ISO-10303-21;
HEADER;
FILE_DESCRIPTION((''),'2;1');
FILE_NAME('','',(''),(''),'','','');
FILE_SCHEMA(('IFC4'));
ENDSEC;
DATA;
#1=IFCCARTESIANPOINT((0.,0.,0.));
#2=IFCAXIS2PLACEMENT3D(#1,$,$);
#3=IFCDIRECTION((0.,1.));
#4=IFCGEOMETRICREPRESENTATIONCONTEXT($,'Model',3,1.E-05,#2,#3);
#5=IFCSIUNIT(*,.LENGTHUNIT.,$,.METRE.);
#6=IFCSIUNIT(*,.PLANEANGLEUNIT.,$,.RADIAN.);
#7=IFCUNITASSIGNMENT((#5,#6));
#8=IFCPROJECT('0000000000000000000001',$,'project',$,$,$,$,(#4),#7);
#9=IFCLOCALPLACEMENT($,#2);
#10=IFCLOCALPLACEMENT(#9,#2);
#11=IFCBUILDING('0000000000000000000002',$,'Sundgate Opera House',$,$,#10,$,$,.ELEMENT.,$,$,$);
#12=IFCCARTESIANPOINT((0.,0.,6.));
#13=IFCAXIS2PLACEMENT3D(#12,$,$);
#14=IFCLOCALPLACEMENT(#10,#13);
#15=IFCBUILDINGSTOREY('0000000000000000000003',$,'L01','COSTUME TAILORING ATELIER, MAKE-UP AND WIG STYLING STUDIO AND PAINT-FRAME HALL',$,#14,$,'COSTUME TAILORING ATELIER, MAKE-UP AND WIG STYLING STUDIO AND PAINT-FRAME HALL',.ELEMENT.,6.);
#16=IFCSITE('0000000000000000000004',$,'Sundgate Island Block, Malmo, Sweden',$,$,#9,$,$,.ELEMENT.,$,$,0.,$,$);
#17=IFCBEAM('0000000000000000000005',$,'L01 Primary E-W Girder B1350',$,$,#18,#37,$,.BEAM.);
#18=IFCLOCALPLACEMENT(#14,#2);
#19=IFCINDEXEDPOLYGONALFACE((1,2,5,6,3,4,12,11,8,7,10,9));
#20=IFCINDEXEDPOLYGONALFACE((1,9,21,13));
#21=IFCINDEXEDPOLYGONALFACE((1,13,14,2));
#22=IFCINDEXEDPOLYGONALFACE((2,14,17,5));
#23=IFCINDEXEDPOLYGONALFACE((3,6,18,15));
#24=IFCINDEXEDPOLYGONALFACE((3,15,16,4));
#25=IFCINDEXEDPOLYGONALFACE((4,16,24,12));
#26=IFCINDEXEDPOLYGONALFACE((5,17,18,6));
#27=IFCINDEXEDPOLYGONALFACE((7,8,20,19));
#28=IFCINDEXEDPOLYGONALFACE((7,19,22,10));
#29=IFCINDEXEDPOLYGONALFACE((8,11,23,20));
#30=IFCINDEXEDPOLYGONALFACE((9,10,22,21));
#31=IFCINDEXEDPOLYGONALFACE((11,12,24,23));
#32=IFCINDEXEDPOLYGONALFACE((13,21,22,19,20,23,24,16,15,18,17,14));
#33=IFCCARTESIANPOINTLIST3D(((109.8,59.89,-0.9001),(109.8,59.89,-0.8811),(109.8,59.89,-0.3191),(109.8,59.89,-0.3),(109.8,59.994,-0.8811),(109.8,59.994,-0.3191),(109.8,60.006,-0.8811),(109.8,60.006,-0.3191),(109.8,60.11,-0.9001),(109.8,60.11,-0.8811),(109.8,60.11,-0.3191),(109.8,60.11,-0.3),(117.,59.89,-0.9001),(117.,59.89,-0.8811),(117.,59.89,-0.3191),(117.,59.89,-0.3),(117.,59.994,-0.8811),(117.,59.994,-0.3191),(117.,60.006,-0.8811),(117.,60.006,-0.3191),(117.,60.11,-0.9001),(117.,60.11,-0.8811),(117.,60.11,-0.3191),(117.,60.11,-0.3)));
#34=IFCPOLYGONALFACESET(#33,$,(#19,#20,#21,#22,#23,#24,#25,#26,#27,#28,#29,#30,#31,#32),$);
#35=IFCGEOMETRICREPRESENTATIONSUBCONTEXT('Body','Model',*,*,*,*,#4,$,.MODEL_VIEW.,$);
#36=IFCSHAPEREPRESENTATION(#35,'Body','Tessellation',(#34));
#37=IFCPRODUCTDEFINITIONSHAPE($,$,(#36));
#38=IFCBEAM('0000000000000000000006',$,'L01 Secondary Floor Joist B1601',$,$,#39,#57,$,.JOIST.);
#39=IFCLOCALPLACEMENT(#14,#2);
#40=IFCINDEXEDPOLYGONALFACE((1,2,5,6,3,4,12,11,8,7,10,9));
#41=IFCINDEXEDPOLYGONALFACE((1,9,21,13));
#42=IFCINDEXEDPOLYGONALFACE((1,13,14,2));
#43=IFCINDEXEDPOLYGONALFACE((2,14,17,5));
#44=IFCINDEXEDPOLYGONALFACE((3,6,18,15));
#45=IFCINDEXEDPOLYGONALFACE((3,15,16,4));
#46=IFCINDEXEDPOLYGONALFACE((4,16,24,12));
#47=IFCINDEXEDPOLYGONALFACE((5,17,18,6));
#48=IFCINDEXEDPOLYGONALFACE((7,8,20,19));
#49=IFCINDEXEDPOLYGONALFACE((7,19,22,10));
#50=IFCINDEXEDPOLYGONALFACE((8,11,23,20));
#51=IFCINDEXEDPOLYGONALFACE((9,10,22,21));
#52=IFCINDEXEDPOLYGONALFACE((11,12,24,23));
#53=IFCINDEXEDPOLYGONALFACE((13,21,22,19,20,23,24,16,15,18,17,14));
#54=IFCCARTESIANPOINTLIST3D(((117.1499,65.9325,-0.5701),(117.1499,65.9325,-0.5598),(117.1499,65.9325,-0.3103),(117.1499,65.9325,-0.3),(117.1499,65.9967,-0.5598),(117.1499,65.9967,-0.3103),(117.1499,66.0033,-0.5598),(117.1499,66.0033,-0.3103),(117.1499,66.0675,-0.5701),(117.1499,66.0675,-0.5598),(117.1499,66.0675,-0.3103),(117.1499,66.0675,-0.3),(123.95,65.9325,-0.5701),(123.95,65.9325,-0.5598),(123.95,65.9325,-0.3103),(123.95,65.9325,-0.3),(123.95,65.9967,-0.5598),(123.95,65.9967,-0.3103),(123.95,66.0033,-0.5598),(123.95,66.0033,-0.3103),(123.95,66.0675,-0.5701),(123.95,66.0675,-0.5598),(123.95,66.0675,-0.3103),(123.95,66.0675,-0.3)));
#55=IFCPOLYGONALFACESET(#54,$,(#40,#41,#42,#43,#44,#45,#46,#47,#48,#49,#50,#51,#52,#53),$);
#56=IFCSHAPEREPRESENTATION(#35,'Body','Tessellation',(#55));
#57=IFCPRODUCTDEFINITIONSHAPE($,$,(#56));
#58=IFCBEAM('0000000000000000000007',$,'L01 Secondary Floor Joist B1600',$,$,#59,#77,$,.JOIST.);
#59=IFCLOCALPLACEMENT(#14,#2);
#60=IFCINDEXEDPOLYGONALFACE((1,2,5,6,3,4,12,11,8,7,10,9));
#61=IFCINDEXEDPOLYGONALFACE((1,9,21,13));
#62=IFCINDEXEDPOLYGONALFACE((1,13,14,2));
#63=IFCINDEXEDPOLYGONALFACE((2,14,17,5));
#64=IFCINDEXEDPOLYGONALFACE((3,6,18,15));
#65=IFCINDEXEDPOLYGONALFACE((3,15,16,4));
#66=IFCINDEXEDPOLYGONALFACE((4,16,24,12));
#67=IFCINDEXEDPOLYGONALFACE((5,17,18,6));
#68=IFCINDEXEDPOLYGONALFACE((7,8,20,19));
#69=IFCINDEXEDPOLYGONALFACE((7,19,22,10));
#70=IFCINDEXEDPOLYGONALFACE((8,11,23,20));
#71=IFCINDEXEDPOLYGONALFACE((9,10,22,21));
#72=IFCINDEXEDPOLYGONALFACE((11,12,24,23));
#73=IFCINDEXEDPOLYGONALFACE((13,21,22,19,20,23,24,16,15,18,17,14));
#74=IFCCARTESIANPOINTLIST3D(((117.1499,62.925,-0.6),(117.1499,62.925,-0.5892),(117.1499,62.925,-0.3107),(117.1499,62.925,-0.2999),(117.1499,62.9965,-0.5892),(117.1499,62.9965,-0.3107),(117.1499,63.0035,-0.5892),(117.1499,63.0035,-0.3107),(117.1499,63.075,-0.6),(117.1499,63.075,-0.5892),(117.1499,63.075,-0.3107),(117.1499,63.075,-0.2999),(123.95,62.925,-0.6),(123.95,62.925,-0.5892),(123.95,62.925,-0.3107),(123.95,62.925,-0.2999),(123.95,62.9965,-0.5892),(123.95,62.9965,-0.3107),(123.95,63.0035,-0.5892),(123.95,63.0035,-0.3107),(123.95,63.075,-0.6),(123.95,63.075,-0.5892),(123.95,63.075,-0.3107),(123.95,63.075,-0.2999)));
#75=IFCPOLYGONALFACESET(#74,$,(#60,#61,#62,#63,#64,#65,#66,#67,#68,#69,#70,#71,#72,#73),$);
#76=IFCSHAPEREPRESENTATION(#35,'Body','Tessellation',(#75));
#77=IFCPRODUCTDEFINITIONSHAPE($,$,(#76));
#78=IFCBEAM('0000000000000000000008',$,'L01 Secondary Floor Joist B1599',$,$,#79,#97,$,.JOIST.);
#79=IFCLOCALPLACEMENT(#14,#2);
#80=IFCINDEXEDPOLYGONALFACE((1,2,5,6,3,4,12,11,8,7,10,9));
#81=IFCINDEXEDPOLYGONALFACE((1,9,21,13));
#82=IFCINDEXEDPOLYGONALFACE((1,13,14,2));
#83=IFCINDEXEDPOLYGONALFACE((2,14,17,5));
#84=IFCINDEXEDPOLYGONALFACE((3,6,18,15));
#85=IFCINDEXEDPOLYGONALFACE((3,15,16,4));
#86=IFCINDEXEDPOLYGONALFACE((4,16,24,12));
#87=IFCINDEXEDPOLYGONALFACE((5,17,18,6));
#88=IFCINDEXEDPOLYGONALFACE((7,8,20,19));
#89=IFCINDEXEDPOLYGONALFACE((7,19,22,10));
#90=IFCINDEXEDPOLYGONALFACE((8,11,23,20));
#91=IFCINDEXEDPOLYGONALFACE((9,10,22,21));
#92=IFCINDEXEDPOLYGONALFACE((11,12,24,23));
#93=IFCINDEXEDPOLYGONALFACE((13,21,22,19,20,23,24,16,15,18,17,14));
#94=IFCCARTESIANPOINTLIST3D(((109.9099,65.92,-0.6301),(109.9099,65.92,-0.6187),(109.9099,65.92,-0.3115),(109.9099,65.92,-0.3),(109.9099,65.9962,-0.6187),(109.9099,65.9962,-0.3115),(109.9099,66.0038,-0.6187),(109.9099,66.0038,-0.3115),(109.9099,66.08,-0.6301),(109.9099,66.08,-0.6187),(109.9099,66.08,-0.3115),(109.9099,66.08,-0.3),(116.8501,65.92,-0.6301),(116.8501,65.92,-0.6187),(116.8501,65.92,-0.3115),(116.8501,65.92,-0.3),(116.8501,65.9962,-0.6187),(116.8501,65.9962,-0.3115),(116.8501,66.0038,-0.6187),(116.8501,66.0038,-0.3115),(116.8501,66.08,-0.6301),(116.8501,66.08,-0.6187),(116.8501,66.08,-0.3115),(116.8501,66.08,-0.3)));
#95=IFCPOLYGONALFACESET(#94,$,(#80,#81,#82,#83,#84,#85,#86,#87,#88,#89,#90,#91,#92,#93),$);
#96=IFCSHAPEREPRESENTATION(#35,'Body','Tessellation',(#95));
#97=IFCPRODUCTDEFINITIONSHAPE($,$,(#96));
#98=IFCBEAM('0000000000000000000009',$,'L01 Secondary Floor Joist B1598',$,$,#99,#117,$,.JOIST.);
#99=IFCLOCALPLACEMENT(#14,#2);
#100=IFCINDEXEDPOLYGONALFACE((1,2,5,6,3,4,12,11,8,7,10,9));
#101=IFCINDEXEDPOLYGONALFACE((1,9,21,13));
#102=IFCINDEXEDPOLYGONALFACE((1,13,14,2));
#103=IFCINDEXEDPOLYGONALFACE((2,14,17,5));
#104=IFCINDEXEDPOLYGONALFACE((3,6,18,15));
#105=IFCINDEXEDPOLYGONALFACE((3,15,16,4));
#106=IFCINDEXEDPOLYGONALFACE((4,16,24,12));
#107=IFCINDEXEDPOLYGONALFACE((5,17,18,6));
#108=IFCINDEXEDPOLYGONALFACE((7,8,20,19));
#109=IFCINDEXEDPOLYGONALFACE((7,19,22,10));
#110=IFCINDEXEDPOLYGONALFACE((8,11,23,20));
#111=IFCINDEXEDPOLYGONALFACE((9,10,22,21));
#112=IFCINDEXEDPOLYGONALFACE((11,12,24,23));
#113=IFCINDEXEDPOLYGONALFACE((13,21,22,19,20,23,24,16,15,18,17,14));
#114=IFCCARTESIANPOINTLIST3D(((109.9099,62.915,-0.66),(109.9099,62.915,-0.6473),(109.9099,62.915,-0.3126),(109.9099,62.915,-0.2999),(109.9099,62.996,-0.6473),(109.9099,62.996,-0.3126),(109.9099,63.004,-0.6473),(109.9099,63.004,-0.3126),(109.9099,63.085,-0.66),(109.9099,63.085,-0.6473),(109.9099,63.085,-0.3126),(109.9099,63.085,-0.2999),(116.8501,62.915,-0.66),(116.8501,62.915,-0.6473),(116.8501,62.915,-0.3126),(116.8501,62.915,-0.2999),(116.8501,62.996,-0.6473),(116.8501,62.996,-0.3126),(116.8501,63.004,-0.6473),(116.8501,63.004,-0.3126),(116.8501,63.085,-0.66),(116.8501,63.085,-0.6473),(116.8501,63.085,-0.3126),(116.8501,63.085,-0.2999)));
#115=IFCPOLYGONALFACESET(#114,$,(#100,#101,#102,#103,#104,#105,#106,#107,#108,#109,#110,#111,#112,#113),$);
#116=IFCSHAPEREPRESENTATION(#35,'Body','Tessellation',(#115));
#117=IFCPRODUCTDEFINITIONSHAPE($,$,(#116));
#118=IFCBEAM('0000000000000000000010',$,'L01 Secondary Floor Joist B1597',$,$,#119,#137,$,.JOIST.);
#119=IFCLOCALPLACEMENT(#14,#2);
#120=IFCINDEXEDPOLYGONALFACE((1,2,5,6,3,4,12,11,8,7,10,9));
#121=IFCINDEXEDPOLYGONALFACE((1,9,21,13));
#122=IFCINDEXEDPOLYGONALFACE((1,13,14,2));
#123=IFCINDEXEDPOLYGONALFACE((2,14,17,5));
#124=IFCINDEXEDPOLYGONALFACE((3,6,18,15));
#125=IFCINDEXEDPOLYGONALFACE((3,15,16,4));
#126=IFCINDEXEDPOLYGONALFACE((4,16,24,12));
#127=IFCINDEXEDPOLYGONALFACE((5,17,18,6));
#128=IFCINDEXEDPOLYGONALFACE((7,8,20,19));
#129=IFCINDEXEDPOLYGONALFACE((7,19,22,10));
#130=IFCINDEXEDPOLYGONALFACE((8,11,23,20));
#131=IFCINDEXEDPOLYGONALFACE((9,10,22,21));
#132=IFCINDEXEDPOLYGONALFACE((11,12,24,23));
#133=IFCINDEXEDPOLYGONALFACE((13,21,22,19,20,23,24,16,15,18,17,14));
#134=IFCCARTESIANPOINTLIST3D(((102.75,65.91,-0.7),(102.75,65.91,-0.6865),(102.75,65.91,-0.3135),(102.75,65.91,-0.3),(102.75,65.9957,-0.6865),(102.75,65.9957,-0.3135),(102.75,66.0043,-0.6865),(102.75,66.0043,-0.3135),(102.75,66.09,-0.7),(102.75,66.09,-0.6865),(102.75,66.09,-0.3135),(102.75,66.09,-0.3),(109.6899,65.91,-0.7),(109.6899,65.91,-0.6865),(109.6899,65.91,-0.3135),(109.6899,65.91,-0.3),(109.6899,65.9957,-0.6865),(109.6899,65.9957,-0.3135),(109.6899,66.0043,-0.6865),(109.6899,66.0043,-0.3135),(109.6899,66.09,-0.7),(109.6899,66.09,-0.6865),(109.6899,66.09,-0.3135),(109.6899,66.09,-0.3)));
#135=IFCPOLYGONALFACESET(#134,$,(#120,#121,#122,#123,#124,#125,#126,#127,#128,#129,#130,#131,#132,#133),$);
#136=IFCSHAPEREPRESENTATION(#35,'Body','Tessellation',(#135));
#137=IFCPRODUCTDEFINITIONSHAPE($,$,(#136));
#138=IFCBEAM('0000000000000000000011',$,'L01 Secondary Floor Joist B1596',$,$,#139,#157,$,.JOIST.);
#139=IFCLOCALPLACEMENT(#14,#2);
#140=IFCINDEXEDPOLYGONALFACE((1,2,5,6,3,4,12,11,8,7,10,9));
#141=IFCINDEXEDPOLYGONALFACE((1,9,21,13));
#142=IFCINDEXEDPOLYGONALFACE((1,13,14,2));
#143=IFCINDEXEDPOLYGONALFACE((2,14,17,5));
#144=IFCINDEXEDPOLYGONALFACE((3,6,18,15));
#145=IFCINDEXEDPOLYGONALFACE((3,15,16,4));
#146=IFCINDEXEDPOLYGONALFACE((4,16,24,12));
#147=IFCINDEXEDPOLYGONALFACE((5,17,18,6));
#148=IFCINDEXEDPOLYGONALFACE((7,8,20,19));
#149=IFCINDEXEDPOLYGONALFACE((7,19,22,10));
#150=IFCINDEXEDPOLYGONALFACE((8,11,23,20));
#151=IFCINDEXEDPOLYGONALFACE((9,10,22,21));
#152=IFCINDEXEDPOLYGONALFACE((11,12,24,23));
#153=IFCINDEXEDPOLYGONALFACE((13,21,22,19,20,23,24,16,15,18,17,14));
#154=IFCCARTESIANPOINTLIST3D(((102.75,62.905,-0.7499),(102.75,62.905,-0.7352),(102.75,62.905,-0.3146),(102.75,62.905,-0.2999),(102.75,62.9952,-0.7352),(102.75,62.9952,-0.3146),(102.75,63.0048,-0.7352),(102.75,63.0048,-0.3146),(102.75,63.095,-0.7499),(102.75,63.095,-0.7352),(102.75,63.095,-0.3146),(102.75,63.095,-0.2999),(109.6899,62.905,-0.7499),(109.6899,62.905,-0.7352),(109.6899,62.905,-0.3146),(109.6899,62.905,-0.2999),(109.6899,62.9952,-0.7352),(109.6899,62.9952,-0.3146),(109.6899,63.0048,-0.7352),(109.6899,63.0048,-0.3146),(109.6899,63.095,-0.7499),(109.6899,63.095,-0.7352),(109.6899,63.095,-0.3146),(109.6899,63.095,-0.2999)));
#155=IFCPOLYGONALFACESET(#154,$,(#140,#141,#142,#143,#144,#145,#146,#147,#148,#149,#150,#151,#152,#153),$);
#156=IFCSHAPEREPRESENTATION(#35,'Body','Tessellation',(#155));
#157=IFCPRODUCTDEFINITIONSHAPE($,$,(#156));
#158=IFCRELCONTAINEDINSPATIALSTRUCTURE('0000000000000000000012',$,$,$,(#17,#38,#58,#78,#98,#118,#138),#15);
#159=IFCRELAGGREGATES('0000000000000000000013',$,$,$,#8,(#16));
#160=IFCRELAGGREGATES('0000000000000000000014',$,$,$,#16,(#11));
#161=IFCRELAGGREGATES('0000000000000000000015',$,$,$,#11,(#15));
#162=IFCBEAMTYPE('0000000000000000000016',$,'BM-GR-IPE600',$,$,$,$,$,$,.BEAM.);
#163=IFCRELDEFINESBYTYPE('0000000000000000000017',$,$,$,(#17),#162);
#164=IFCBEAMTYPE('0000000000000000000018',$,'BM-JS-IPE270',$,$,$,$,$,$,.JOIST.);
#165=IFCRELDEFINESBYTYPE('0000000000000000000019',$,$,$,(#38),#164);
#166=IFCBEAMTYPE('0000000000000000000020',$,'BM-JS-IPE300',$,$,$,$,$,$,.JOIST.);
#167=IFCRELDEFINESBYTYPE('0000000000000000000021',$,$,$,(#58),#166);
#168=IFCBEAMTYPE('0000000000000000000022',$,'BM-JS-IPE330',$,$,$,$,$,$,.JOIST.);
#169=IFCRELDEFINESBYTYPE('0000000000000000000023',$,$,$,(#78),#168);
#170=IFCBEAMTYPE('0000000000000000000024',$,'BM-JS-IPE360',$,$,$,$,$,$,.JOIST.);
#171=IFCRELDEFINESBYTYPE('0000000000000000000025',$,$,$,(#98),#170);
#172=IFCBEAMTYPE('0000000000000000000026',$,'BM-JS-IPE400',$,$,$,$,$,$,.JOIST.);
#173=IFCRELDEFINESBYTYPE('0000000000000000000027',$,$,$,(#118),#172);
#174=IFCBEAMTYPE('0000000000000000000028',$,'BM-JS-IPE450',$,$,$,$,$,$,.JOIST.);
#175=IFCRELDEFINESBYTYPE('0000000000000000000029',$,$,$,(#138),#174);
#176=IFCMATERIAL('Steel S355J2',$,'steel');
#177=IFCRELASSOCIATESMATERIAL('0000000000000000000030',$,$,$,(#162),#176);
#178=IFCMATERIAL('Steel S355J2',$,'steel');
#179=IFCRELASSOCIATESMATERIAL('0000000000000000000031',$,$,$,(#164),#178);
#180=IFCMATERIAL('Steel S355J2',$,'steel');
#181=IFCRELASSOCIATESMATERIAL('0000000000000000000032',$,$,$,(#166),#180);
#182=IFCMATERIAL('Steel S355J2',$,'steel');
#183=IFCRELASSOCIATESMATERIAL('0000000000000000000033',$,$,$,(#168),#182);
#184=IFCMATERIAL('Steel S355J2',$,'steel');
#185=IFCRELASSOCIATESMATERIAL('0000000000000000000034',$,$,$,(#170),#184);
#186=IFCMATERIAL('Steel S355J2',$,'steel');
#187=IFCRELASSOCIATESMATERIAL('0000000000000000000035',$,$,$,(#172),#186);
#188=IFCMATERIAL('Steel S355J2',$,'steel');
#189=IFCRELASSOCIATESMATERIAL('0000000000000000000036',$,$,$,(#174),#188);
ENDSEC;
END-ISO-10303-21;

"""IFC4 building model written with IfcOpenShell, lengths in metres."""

from ifc_helpers import new_model, si_unit, direction, frame, origin, origin_2d, place, context, subcontext, project, spatial, i_section, extrude, material, material_profile, profile_set, type_object, element, save


model = new_model("IFC4")

# Units and contexts
model_context = context("Model", 3, precision=1e-05, world=origin(), true_north=direction((0.0, 1.0)))
body_context = subcontext(model_context, "Body", "Model", "MODEL_VIEW")
ifc_project = project(units=[si_unit("LENGTHUNIT", "METRE"), si_unit("PLANEANGLEUNIT", "RADIAN")], contexts=[model_context])

# Site, building, storey
site_placement = place(None, origin())
site = spatial("IfcSite", under=ifc_project, at=site_placement, Name="Sundgate Island Block, Malmo, Sweden", CompositionType="ELEMENT", RefElevation=0.0)
building_placement = place(site_placement, origin())
building = spatial("IfcBuilding", under=site, at=building_placement, Name="Sundgate Opera House", CompositionType="ELEMENT")
storey_placement = place(building_placement, frame((0.0, 0.0, 6.0)))
storey = spatial("IfcBuildingStorey", under=building, at=storey_placement, Name="L01", Description="COSTUME TAILORING ATELIER, MAKE-UP AND WIG STYLING STUDIO AND PAINT-FRAME HALL", LongName="COSTUME TAILORING ATELIER, MAKE-UP AND WIG STYLING STUDIO AND PAINT-FRAME HALL", CompositionType="ELEMENT", Elevation=6.0)

# Beams
ifc_material_1 = material(Name="Steel S355J2", Category="steel")
ifc_material_profile_1 = material_profile(ifc_material_1, i_section(OverallWidth=0.22, OverallDepth=0.6001, WebThickness=0.012, FlangeThickness=0.019, at=origin_2d()), Name="IPE 600")
ifc_profile_set_1 = profile_set([ifc_material_profile_1], Name="Steel S355J2")
beam_type_1 = type_object("IfcBeamType", Name="BM-GR-IPE600", PredefinedType="BEAM", material=ifc_profile_set_1)
beam_1_placement = place(storey_placement, frame((109.8, 60.0, -0.6001), z_axis=(1.0, 0.0, 0.0), x_axis=(0.0, 1.0, 0.0)))
element("IfcBeam", 1, at=beam_1_placement, inside=storey, type_object=beam_type_1, Name="L01 Primary E-W Girder B1350", PredefinedType="BEAM", context=body_context, shape_type="SweptSolid", body=[
    extrude(i_section(OverallWidth=0.22, OverallDepth=0.6001, WebThickness=0.012, FlangeThickness=0.019, at=origin_2d()), origin(), (0.0, 0.0, 1.0), 7.2),
])
ifc_material_2 = material(Name="Steel S355J2", Category="steel")
ifc_material_profile_2 = material_profile(ifc_material_2, i_section(OverallWidth=0.135, OverallDepth=0.27, WebThickness=0.0066, FlangeThickness=0.0103, at=origin_2d()), Name="IPE 270")
ifc_profile_set_2 = profile_set([ifc_material_profile_2], Name="Steel S355J2")
beam_type_2 = type_object("IfcBeamType", Name="BM-JS-IPE270", PredefinedType="JOIST", material=ifc_profile_set_2)
beam_2_placement = place(storey_placement, frame((117.1499, 66.0, -0.4351), z_axis=(1.0, 0.0, 0.0), x_axis=(0.0, 1.0, 0.0)))
element("IfcBeam", 2, at=beam_2_placement, inside=storey, type_object=beam_type_2, Name="L01 Secondary Floor Joist B1601", PredefinedType="JOIST", context=body_context, shape_type="SweptSolid", body=[
    extrude(i_section(OverallWidth=0.135, OverallDepth=0.27, WebThickness=0.0066, FlangeThickness=0.0103, at=origin_2d()), origin(), (0.0, 0.0, 1.0), 6.8),
])
ifc_material_3 = material(Name="Steel S355J2", Category="steel")
ifc_material_profile_3 = material_profile(ifc_material_3, i_section(OverallWidth=0.1499, OverallDepth=0.3, WebThickness=0.0071, FlangeThickness=0.0107, at=origin_2d()), Name="IPE 300")
ifc_profile_set_3 = profile_set([ifc_material_profile_3], Name="Steel S355J2")
beam_type_3 = type_object("IfcBeamType", Name="BM-JS-IPE300", PredefinedType="JOIST", material=ifc_profile_set_3)
beam_3_placement = place(storey_placement, frame((117.1499, 63.0, -0.45), z_axis=(1.0, 0.0, 0.0), x_axis=(0.0, 1.0, 0.0)))
element("IfcBeam", 3, at=beam_3_placement, inside=storey, type_object=beam_type_3, Name="L01 Secondary Floor Joist B1600", PredefinedType="JOIST", context=body_context, shape_type="SweptSolid", body=[
    extrude(i_section(OverallWidth=0.1499, OverallDepth=0.3, WebThickness=0.0071, FlangeThickness=0.0107, at=origin_2d()), origin(), (0.0, 0.0, 1.0), 6.8),
])
ifc_material_4 = material(Name="Steel S355J2", Category="steel")
ifc_material_profile_4 = material_profile(ifc_material_4, i_section(OverallWidth=0.1599, OverallDepth=0.3301, WebThickness=0.0076, FlangeThickness=0.0115, at=origin_2d()), Name="IPE 330")
ifc_profile_set_4 = profile_set([ifc_material_profile_4], Name="Steel S355J2")
beam_type_4 = type_object("IfcBeamType", Name="BM-JS-IPE330", PredefinedType="JOIST", material=ifc_profile_set_4)
beam_4_placement = place(storey_placement, frame((109.9099, 66.0, -0.4651), z_axis=(1.0, 0.0, 0.0), x_axis=(0.0, 1.0, 0.0)))
element("IfcBeam", 4, at=beam_4_placement, inside=storey, type_object=beam_type_4, Name="L01 Secondary Floor Joist B1599", PredefinedType="JOIST", context=body_context, shape_type="SweptSolid", body=[
    extrude(i_section(OverallWidth=0.1599, OverallDepth=0.3301, WebThickness=0.0076, FlangeThickness=0.0115, at=origin_2d()), origin(), (0.0, 0.0, 1.0), 6.9402),
])
ifc_material_5 = material(Name="Steel S355J2", Category="steel")
ifc_material_profile_5 = material_profile(ifc_material_5, i_section(OverallWidth=0.1699, OverallDepth=0.3601, WebThickness=0.0081, FlangeThickness=0.0127, at=origin_2d()), Name="IPE 360")
ifc_profile_set_5 = profile_set([ifc_material_profile_5], Name="Steel S355J2")
beam_type_5 = type_object("IfcBeamType", Name="BM-JS-IPE360", PredefinedType="JOIST", material=ifc_profile_set_5)
beam_5_placement = place(storey_placement, frame((109.9099, 63.0, -0.48), z_axis=(1.0, 0.0, 0.0), x_axis=(0.0, 1.0, 0.0)))
element("IfcBeam", 5, at=beam_5_placement, inside=storey, type_object=beam_type_5, Name="L01 Secondary Floor Joist B1598", PredefinedType="JOIST", context=body_context, shape_type="SweptSolid", body=[
    extrude(i_section(OverallWidth=0.1699, OverallDepth=0.3601, WebThickness=0.0081, FlangeThickness=0.0127, at=origin_2d()), origin(), (0.0, 0.0, 1.0), 6.9402),
])
ifc_material_6 = material(Name="Steel S355J2", Category="steel")
ifc_material_profile_6 = material_profile(ifc_material_6, i_section(OverallWidth=0.1799, OverallDepth=0.3999, WebThickness=0.0085, FlangeThickness=0.0134, at=origin_2d()), Name="IPE 400")
ifc_profile_set_6 = profile_set([ifc_material_profile_6], Name="Steel S355J2")
beam_type_6 = type_object("IfcBeamType", Name="BM-JS-IPE400", PredefinedType="JOIST", material=ifc_profile_set_6)
beam_6_placement = place(storey_placement, frame((102.75, 66.0, -0.5), z_axis=(1.0, 0.0, 0.0), x_axis=(0.0, 1.0, 0.0)))
element("IfcBeam", 6, at=beam_6_placement, inside=storey, type_object=beam_type_6, Name="L01 Secondary Floor Joist B1597", PredefinedType="JOIST", context=body_context, shape_type="SweptSolid", body=[
    extrude(i_section(OverallWidth=0.1799, OverallDepth=0.3999, WebThickness=0.0085, FlangeThickness=0.0134, at=origin_2d()), origin(), (0.0, 0.0, 1.0), 6.9399),
])
ifc_material_7 = material(Name="Steel S355J2", Category="steel")
ifc_material_profile_7 = material_profile(ifc_material_7, i_section(OverallWidth=0.1899, OverallDepth=0.45, WebThickness=0.0095, FlangeThickness=0.0146, at=origin_2d()), Name="IPE 450")
ifc_profile_set_7 = profile_set([ifc_material_profile_7], Name="Steel S355J2")
beam_type_7 = type_object("IfcBeamType", Name="BM-JS-IPE450", PredefinedType="JOIST", material=ifc_profile_set_7)
beam_7_placement = place(storey_placement, frame((102.75, 63.0, -0.5249), z_axis=(1.0, 0.0, 0.0), x_axis=(0.0, 1.0, 0.0)))
element("IfcBeam", 7, at=beam_7_placement, inside=storey, type_object=beam_type_7, Name="L01 Secondary Floor Joist B1596", PredefinedType="JOIST", context=body_context, shape_type="SweptSolid", body=[
    extrude(i_section(OverallWidth=0.1899, OverallDepth=0.45, WebThickness=0.0095, FlangeThickness=0.0146, at=origin_2d()), origin(), (0.0, 0.0, 1.0), 6.9399),
])

save(model, "model.ifc")
